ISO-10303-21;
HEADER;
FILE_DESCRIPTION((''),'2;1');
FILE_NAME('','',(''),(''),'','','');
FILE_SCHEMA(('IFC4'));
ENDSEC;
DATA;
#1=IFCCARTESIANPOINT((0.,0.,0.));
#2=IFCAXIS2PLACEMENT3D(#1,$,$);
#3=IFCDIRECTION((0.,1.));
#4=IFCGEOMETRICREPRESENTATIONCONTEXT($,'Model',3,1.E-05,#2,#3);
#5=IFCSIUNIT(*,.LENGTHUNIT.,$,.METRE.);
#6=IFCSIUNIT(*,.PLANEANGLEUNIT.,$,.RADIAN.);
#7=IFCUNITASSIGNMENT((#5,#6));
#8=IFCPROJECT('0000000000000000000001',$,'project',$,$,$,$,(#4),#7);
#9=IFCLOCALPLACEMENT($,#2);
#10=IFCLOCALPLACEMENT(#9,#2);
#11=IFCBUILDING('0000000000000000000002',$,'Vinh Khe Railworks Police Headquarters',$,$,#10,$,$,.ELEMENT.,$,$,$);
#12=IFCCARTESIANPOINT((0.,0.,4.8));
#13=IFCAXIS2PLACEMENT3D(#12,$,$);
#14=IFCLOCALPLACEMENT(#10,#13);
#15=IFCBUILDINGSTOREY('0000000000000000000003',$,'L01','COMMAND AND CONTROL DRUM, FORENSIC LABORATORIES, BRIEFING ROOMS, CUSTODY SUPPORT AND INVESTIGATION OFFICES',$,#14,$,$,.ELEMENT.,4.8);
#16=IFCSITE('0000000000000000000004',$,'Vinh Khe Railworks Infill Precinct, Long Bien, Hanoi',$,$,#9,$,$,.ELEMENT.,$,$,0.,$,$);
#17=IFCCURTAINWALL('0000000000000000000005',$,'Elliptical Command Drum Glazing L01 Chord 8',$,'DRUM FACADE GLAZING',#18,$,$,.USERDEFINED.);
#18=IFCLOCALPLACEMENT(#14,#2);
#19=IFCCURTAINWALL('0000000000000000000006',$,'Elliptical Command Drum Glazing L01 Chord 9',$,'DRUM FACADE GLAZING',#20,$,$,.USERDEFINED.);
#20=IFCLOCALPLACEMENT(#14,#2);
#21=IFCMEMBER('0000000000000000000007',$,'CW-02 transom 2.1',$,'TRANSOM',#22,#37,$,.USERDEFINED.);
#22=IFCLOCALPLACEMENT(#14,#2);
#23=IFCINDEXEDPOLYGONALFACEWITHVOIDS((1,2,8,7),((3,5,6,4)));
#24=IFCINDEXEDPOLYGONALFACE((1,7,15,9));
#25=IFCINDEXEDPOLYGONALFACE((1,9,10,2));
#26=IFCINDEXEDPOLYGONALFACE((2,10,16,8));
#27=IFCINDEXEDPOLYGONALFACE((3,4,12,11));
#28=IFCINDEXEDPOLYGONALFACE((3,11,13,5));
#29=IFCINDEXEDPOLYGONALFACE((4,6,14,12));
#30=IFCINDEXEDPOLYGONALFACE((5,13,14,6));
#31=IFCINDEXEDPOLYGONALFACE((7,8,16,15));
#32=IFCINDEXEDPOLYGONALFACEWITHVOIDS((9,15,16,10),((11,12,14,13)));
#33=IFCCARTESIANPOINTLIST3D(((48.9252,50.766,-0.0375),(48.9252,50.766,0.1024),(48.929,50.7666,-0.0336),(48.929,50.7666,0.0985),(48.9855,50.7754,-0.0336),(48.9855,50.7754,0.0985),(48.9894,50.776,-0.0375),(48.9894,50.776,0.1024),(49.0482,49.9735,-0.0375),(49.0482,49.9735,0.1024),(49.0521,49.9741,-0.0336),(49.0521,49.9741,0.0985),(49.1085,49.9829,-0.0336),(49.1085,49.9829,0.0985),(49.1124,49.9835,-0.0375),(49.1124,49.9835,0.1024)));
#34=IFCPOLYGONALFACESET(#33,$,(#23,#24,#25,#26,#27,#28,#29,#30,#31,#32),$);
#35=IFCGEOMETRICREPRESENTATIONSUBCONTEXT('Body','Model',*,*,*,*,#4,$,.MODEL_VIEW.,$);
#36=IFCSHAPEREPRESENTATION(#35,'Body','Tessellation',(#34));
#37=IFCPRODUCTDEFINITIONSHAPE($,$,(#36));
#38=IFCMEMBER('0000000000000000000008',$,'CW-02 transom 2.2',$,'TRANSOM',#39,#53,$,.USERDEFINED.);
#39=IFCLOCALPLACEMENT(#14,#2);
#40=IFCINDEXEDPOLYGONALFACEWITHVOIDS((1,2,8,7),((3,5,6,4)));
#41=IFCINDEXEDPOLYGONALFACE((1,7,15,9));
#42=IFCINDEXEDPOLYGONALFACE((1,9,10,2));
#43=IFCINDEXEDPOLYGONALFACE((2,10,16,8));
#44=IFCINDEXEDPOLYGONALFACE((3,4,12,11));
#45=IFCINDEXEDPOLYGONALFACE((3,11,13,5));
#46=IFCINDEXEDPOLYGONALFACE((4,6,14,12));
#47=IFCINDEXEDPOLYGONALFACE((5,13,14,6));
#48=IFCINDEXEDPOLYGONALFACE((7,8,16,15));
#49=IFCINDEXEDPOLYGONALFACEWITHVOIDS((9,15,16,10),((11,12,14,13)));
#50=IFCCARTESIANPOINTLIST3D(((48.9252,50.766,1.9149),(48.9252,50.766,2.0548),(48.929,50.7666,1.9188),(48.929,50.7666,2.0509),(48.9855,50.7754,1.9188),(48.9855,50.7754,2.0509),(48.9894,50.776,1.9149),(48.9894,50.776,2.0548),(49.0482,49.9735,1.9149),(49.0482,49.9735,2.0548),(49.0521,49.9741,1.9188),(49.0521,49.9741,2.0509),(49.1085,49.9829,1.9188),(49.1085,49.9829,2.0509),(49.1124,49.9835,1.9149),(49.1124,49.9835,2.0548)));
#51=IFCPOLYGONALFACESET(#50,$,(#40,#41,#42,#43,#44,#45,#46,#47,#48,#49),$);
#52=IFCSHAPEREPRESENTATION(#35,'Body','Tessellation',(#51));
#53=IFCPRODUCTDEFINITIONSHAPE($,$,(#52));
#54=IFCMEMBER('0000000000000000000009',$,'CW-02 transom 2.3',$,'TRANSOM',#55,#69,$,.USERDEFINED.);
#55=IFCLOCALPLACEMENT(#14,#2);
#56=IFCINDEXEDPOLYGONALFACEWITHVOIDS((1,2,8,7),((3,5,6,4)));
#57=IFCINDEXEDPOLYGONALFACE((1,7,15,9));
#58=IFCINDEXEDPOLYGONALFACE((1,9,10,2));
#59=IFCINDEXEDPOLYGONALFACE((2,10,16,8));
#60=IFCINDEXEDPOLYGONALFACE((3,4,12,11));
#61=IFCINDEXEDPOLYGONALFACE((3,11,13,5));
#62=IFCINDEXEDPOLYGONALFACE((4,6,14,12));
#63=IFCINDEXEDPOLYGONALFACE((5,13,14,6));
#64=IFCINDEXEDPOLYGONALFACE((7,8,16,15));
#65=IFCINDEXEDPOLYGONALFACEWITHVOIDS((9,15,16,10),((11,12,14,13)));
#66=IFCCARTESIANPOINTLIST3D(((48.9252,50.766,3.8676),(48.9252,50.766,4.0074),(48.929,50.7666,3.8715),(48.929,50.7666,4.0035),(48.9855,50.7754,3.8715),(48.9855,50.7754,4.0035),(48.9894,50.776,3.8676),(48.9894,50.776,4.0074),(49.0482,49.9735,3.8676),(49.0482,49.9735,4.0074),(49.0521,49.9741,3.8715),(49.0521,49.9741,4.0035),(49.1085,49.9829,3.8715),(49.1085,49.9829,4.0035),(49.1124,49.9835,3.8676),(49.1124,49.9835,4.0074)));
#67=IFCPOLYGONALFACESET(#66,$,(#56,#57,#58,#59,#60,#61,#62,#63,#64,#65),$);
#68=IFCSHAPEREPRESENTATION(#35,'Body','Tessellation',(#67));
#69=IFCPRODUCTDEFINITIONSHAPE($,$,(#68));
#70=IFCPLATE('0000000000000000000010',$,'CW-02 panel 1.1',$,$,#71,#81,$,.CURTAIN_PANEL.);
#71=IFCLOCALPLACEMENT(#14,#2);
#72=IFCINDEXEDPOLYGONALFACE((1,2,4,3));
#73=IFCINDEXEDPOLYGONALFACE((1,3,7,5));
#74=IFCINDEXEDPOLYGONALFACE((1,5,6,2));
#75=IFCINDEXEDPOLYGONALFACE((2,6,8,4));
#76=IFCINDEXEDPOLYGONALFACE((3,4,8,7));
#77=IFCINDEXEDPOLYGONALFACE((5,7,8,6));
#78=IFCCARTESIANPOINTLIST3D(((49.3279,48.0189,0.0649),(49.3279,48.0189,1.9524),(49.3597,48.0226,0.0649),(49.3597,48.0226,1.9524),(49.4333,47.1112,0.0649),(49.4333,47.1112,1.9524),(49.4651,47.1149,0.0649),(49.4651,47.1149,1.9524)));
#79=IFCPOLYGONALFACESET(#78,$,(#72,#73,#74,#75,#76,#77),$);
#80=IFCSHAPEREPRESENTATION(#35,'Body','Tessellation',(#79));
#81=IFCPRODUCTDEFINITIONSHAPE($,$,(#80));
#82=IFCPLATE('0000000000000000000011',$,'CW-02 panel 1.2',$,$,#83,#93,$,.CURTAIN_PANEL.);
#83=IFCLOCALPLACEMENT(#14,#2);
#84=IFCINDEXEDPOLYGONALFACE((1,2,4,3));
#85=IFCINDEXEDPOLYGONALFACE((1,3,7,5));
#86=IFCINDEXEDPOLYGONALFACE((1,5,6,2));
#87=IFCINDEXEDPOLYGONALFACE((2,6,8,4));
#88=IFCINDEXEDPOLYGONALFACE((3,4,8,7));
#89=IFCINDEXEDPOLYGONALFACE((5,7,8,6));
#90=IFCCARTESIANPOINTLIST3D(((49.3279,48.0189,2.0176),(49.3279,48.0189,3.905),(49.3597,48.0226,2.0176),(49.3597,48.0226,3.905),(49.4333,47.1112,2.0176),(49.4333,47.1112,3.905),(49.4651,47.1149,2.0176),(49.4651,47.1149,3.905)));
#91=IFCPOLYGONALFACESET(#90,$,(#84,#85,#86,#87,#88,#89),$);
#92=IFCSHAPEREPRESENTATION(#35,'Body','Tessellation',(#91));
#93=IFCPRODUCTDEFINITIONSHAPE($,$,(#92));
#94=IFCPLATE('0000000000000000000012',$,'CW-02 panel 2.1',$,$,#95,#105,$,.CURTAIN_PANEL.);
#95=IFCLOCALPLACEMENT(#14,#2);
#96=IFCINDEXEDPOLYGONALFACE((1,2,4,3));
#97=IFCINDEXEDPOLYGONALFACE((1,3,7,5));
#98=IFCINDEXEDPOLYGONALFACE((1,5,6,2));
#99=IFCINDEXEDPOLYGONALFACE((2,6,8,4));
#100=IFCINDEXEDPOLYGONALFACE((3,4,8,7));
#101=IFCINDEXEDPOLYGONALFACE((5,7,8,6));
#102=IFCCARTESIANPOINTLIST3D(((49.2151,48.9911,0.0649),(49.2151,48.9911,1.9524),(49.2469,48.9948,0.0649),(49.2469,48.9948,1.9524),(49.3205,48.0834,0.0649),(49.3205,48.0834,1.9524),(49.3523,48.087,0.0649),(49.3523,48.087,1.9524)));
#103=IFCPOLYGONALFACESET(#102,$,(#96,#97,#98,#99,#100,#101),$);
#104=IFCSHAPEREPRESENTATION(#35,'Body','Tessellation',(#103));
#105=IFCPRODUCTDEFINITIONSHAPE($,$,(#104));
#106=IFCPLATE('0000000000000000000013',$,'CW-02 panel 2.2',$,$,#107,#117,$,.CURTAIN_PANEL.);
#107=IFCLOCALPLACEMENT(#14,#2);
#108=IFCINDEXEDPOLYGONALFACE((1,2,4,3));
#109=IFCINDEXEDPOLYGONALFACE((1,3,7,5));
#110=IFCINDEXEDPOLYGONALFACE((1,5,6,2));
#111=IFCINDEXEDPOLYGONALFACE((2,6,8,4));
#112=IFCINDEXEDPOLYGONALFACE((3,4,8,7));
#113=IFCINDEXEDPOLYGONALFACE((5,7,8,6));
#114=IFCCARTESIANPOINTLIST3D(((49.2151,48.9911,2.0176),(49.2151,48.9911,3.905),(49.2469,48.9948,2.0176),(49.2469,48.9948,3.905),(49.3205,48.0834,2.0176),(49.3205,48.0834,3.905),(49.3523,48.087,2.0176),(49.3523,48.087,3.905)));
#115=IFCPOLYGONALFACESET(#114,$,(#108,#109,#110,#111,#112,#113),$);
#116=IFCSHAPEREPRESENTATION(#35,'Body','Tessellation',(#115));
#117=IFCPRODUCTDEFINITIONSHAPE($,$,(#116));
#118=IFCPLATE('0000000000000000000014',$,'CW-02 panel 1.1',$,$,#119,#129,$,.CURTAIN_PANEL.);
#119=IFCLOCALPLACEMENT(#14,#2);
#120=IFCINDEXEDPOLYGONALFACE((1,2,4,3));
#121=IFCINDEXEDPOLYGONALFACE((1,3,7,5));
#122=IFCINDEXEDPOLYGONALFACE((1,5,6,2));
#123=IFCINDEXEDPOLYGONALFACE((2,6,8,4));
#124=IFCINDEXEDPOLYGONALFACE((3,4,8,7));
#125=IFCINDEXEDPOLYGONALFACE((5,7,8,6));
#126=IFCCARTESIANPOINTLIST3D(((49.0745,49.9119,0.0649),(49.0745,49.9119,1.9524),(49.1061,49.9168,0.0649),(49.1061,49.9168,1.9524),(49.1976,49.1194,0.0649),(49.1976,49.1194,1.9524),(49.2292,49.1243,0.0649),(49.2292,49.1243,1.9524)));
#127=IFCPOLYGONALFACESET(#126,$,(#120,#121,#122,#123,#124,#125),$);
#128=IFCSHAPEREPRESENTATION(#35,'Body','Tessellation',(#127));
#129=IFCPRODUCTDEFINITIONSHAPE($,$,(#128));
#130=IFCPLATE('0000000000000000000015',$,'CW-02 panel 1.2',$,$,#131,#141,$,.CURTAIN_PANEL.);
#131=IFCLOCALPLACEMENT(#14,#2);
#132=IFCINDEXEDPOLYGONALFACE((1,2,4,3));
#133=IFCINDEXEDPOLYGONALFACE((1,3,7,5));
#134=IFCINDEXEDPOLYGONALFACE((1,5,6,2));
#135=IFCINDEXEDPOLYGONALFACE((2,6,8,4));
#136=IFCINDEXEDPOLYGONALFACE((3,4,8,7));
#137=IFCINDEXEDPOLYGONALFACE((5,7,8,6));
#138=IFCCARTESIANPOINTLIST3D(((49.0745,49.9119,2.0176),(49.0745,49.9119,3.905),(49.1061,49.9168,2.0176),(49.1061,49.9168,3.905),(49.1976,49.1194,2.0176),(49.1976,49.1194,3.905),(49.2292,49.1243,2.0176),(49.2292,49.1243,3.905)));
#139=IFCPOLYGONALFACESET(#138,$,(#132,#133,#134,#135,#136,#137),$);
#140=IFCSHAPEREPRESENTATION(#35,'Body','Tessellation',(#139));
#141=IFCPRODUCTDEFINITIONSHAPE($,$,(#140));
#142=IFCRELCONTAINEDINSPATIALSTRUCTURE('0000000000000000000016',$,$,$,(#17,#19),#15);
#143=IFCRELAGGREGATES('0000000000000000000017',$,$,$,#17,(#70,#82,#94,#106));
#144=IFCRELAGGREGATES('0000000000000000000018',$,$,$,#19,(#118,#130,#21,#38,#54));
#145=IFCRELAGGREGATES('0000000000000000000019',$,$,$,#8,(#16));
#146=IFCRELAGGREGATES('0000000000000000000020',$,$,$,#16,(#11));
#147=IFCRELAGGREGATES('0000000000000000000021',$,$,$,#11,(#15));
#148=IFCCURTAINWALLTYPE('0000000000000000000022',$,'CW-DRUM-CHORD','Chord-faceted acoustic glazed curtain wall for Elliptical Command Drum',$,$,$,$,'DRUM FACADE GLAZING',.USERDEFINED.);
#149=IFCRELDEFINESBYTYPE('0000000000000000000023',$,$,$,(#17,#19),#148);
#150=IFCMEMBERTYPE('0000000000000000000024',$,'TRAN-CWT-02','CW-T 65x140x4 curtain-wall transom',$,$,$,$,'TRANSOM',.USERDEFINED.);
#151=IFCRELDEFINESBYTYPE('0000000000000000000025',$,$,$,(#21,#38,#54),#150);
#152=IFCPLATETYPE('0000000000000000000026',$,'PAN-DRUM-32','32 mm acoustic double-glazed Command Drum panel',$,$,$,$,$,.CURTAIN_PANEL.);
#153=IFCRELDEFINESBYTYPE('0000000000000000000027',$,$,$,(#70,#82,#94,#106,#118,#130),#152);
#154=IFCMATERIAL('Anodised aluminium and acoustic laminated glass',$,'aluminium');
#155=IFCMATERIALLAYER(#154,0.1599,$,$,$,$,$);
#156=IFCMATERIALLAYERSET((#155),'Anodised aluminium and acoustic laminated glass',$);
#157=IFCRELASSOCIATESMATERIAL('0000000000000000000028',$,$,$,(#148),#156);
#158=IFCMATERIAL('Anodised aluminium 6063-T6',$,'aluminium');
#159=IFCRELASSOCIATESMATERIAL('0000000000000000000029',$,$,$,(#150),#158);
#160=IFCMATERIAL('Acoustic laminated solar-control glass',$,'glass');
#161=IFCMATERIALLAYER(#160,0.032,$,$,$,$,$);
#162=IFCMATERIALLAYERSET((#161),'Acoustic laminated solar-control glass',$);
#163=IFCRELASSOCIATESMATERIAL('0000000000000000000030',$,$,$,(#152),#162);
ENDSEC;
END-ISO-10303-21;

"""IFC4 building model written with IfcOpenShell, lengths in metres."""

from ifc_helpers import new_model, si_unit, direction, frame, origin, origin_2d, place, context, subcontext, project, spatial, rectangle, hollow_rectangle, extrude, material, layer, layer_set, material_profile, profile_set, type_object, element, aggregate, save


model = new_model("IFC4")

# Units and contexts
model_context = context("Model", 3, precision=1e-05, world=origin(), true_north=direction((0.0, 1.0)))
body_context = subcontext(model_context, "Body", "Model", "MODEL_VIEW")
ifc_project = project(units=[si_unit("LENGTHUNIT", "METRE"), si_unit("PLANEANGLEUNIT", "RADIAN")], contexts=[model_context])

# Site, building, storey
site_placement = place(None, origin())
site = spatial("IfcSite", under=ifc_project, at=site_placement, Name="Vinh Khe Railworks Infill Precinct, Long Bien, Hanoi", CompositionType="ELEMENT", RefElevation=0.0)
building_placement = place(site_placement, origin())
building = spatial("IfcBuilding", under=site, at=building_placement, Name="Vinh Khe Railworks Police Headquarters", CompositionType="ELEMENT")
storey_placement = place(building_placement, frame((0.0, 0.0, 4.8)))
storey = spatial("IfcBuildingStorey", under=building, at=storey_placement, Name="L01", Description="COMMAND AND CONTROL DRUM, FORENSIC LABORATORIES, BRIEFING ROOMS, CUSTODY SUPPORT AND INVESTIGATION OFFICES", CompositionType="ELEMENT", Elevation=4.8)

# Curtain walls
ifc_material_1 = material(Name="Anodised aluminium and acoustic laminated glass", Category="aluminium")
ifc_layer_1 = layer(ifc_material_1, 0.1599)
ifc_layer_set_1 = layer_set([ifc_layer_1], Name="Anodised aluminium and acoustic laminated glass")
curtain_wall_type = type_object("IfcCurtainWallType", Name="CW-DRUM-CHORD", Description="Chord-faceted acoustic glazed curtain wall for Elliptical Command Drum", ElementType="DRUM FACADE GLAZING", PredefinedType="USERDEFINED", material=ifc_layer_set_1)
curtain_wall_1_placement = place(storey_placement, origin())
curtain_wall_1 = element("IfcCurtainWall", 1, at=curtain_wall_1_placement, inside=storey, type_object=curtain_wall_type, Name="Elliptical Command Drum Glazing L01 Chord 8", ObjectType="DRUM FACADE GLAZING", PredefinedType="USERDEFINED")
ifc_material_2 = material(Name="Anodised aluminium 6063-T6", Category="aluminium")
curtain_wall_2_placement = place(storey_placement, origin())
curtain_wall_2 = element("IfcCurtainWall", 2, at=curtain_wall_2_placement, inside=storey, type_object=curtain_wall_type, Name="Elliptical Command Drum Glazing L01 Chord 9", ObjectType="DRUM FACADE GLAZING", PredefinedType="USERDEFINED")

# Members
ifc_material_profile_1 = material_profile(ifc_material_2, hollow_rectangle(XDim=0.0649, YDim=0.1399, WallThickness=0.0039, at=origin_2d()), Name="CW-T 65x140x4")
ifc_profile_set_1 = profile_set([ifc_material_profile_1], Name="Anodised aluminium 6063-T6")
member_type_1 = type_object("IfcMemberType", Name="TRAN-CWT-02", Description="CW-T 65x140x4 curtain-wall transom", ElementType="TRANSOM", PredefinedType="USERDEFINED", material=ifc_profile_set_1)
member_1_placement = place(storey_placement, frame((49.0803, 49.9785, 0.0325), z_axis=(-0.15343, 0.98816, 0.0), x_axis=(-0.98816, -0.15343, 0.0)))
member_1 = element("IfcMember", 3, at=member_1_placement, type_object=member_type_1, Name="CW-02 transom 2.1", ObjectType="TRANSOM", PredefinedType="USERDEFINED", context=body_context, shape_type="SweptSolid", body=[
    extrude(hollow_rectangle(XDim=0.0649, YDim=0.1399, WallThickness=0.0039, at=origin_2d()), origin(), (0.0, 0.0, 1.0), 0.802),
])
member_2_placement = place(storey_placement, frame((49.0803, 49.9785, 1.9849), z_axis=(-0.15343, 0.98816, 0.0), x_axis=(-0.98816, -0.15343, 0.0)))
member_2 = element("IfcMember", 4, at=member_2_placement, type_object=member_type_1, Name="CW-02 transom 2.2", ObjectType="TRANSOM", PredefinedType="USERDEFINED", context=body_context, shape_type="SweptSolid", body=[
    extrude(hollow_rectangle(XDim=0.0649, YDim=0.1399, WallThickness=0.0039, at=origin_2d()), origin(), (0.0, 0.0, 1.0), 0.802),
])
member_3_placement = place(storey_placement, frame((49.0803, 49.9785, 3.9375), z_axis=(-0.15343, 0.98816, 0.0), x_axis=(-0.98816, -0.15343, 0.0)))
member_3 = element("IfcMember", 5, at=member_3_placement, type_object=member_type_1, Name="CW-02 transom 2.3", ObjectType="TRANSOM", PredefinedType="USERDEFINED", context=body_context, shape_type="SweptSolid", body=[
    extrude(hollow_rectangle(XDim=0.0649, YDim=0.1399, WallThickness=0.0039, at=origin_2d()), origin(), (0.0, 0.0, 1.0), 0.802),
])

# Plates
ifc_material_3 = material(Name="Acoustic laminated solar-control glass", Category="glass")
ifc_layer_2 = layer(ifc_material_3, 0.032)
ifc_layer_set_2 = layer_set([ifc_layer_2], Name="Acoustic laminated solar-control glass")
plate_type = type_object("IfcPlateType", Name="PAN-DRUM-32", Description="32 mm acoustic double-glazed Command Drum panel", PredefinedType="CURTAIN_PANEL", material=ifc_layer_set_2)
plate_1_placement = place(storey_placement, frame((49.3965, 47.5669, 0.0649), z_axis=(0.0, 0.0, 1.0), x_axis=(-0.115318, 0.993329, 0.0)))
plate_1 = element("IfcPlate", 6, at=plate_1_placement, type_object=plate_type, Name="CW-02 panel 1.1", PredefinedType="CURTAIN_PANEL", context=body_context, shape_type="SweptSolid", body=[
    extrude(rectangle(XDim=0.9138, YDim=0.032, at=origin_2d()), origin(), (0.0, 0.0, 1.0), 1.8875),
])
plate_2_placement = place(storey_placement, frame((49.3965, 47.5669, 2.0176), z_axis=(0.0, 0.0, 1.0), x_axis=(-0.115318, 0.993329, 0.0)))
plate_2 = element("IfcPlate", 7, at=plate_2_placement, type_object=plate_type, Name="CW-02 panel 1.2", PredefinedType="CURTAIN_PANEL", context=body_context, shape_type="SweptSolid", body=[
    extrude(rectangle(XDim=0.9138, YDim=0.032, at=origin_2d()), origin(), (0.0, 0.0, 1.0), 1.8875),
])
plate_3_placement = place(storey_placement, frame((49.2837, 48.5391, 0.0649), z_axis=(0.0, 0.0, 1.0), x_axis=(-0.115318, 0.993329, 0.0)))
plate_3 = element("IfcPlate", 8, at=plate_3_placement, type_object=plate_type, Name="CW-02 panel 2.1", PredefinedType="CURTAIN_PANEL", context=body_context, shape_type="SweptSolid", body=[
    extrude(rectangle(XDim=0.9138, YDim=0.032, at=origin_2d()), origin(), (0.0, 0.0, 1.0), 1.8875),
])
plate_4_placement = place(storey_placement, frame((49.2837, 48.5391, 2.0176), z_axis=(0.0, 0.0, 1.0), x_axis=(-0.115318, 0.993329, 0.0)))
plate_4 = element("IfcPlate", 9, at=plate_4_placement, type_object=plate_type, Name="CW-02 panel 2.2", PredefinedType="CURTAIN_PANEL", context=body_context, shape_type="SweptSolid", body=[
    extrude(rectangle(XDim=0.9138, YDim=0.032, at=origin_2d()), origin(), (0.0, 0.0, 1.0), 1.8875),
])
aggregate(curtain_wall_1, [plate_1, plate_2, plate_3, plate_4])
plate_5_placement = place(storey_placement, frame((49.1519, 49.5181, 0.0649), z_axis=(0.0, 0.0, 1.0), x_axis=(-0.15349, 0.98815, 0.0)))
plate_5 = element("IfcPlate", 10, at=plate_5_placement, type_object=plate_type, Name="CW-02 panel 1.1", PredefinedType="CURTAIN_PANEL", context=body_context, shape_type="SweptSolid", body=[
    extrude(rectangle(XDim=0.802, YDim=0.032, at=origin_2d()), origin(), (0.0, 0.0, 1.0), 1.8875),
])
plate_6_placement = place(storey_placement, frame((49.1519, 49.5181, 2.0176), z_axis=(0.0, 0.0, 1.0), x_axis=(-0.15349, 0.98815, 0.0)))
plate_6 = element("IfcPlate", 11, at=plate_6_placement, type_object=plate_type, Name="CW-02 panel 1.2", PredefinedType="CURTAIN_PANEL", context=body_context, shape_type="SweptSolid", body=[
    extrude(rectangle(XDim=0.802, YDim=0.032, at=origin_2d()), origin(), (0.0, 0.0, 1.0), 1.8875),
])
aggregate(curtain_wall_2, [plate_5, plate_6, member_1, member_2, member_3])

save(model, "model.ifc")
